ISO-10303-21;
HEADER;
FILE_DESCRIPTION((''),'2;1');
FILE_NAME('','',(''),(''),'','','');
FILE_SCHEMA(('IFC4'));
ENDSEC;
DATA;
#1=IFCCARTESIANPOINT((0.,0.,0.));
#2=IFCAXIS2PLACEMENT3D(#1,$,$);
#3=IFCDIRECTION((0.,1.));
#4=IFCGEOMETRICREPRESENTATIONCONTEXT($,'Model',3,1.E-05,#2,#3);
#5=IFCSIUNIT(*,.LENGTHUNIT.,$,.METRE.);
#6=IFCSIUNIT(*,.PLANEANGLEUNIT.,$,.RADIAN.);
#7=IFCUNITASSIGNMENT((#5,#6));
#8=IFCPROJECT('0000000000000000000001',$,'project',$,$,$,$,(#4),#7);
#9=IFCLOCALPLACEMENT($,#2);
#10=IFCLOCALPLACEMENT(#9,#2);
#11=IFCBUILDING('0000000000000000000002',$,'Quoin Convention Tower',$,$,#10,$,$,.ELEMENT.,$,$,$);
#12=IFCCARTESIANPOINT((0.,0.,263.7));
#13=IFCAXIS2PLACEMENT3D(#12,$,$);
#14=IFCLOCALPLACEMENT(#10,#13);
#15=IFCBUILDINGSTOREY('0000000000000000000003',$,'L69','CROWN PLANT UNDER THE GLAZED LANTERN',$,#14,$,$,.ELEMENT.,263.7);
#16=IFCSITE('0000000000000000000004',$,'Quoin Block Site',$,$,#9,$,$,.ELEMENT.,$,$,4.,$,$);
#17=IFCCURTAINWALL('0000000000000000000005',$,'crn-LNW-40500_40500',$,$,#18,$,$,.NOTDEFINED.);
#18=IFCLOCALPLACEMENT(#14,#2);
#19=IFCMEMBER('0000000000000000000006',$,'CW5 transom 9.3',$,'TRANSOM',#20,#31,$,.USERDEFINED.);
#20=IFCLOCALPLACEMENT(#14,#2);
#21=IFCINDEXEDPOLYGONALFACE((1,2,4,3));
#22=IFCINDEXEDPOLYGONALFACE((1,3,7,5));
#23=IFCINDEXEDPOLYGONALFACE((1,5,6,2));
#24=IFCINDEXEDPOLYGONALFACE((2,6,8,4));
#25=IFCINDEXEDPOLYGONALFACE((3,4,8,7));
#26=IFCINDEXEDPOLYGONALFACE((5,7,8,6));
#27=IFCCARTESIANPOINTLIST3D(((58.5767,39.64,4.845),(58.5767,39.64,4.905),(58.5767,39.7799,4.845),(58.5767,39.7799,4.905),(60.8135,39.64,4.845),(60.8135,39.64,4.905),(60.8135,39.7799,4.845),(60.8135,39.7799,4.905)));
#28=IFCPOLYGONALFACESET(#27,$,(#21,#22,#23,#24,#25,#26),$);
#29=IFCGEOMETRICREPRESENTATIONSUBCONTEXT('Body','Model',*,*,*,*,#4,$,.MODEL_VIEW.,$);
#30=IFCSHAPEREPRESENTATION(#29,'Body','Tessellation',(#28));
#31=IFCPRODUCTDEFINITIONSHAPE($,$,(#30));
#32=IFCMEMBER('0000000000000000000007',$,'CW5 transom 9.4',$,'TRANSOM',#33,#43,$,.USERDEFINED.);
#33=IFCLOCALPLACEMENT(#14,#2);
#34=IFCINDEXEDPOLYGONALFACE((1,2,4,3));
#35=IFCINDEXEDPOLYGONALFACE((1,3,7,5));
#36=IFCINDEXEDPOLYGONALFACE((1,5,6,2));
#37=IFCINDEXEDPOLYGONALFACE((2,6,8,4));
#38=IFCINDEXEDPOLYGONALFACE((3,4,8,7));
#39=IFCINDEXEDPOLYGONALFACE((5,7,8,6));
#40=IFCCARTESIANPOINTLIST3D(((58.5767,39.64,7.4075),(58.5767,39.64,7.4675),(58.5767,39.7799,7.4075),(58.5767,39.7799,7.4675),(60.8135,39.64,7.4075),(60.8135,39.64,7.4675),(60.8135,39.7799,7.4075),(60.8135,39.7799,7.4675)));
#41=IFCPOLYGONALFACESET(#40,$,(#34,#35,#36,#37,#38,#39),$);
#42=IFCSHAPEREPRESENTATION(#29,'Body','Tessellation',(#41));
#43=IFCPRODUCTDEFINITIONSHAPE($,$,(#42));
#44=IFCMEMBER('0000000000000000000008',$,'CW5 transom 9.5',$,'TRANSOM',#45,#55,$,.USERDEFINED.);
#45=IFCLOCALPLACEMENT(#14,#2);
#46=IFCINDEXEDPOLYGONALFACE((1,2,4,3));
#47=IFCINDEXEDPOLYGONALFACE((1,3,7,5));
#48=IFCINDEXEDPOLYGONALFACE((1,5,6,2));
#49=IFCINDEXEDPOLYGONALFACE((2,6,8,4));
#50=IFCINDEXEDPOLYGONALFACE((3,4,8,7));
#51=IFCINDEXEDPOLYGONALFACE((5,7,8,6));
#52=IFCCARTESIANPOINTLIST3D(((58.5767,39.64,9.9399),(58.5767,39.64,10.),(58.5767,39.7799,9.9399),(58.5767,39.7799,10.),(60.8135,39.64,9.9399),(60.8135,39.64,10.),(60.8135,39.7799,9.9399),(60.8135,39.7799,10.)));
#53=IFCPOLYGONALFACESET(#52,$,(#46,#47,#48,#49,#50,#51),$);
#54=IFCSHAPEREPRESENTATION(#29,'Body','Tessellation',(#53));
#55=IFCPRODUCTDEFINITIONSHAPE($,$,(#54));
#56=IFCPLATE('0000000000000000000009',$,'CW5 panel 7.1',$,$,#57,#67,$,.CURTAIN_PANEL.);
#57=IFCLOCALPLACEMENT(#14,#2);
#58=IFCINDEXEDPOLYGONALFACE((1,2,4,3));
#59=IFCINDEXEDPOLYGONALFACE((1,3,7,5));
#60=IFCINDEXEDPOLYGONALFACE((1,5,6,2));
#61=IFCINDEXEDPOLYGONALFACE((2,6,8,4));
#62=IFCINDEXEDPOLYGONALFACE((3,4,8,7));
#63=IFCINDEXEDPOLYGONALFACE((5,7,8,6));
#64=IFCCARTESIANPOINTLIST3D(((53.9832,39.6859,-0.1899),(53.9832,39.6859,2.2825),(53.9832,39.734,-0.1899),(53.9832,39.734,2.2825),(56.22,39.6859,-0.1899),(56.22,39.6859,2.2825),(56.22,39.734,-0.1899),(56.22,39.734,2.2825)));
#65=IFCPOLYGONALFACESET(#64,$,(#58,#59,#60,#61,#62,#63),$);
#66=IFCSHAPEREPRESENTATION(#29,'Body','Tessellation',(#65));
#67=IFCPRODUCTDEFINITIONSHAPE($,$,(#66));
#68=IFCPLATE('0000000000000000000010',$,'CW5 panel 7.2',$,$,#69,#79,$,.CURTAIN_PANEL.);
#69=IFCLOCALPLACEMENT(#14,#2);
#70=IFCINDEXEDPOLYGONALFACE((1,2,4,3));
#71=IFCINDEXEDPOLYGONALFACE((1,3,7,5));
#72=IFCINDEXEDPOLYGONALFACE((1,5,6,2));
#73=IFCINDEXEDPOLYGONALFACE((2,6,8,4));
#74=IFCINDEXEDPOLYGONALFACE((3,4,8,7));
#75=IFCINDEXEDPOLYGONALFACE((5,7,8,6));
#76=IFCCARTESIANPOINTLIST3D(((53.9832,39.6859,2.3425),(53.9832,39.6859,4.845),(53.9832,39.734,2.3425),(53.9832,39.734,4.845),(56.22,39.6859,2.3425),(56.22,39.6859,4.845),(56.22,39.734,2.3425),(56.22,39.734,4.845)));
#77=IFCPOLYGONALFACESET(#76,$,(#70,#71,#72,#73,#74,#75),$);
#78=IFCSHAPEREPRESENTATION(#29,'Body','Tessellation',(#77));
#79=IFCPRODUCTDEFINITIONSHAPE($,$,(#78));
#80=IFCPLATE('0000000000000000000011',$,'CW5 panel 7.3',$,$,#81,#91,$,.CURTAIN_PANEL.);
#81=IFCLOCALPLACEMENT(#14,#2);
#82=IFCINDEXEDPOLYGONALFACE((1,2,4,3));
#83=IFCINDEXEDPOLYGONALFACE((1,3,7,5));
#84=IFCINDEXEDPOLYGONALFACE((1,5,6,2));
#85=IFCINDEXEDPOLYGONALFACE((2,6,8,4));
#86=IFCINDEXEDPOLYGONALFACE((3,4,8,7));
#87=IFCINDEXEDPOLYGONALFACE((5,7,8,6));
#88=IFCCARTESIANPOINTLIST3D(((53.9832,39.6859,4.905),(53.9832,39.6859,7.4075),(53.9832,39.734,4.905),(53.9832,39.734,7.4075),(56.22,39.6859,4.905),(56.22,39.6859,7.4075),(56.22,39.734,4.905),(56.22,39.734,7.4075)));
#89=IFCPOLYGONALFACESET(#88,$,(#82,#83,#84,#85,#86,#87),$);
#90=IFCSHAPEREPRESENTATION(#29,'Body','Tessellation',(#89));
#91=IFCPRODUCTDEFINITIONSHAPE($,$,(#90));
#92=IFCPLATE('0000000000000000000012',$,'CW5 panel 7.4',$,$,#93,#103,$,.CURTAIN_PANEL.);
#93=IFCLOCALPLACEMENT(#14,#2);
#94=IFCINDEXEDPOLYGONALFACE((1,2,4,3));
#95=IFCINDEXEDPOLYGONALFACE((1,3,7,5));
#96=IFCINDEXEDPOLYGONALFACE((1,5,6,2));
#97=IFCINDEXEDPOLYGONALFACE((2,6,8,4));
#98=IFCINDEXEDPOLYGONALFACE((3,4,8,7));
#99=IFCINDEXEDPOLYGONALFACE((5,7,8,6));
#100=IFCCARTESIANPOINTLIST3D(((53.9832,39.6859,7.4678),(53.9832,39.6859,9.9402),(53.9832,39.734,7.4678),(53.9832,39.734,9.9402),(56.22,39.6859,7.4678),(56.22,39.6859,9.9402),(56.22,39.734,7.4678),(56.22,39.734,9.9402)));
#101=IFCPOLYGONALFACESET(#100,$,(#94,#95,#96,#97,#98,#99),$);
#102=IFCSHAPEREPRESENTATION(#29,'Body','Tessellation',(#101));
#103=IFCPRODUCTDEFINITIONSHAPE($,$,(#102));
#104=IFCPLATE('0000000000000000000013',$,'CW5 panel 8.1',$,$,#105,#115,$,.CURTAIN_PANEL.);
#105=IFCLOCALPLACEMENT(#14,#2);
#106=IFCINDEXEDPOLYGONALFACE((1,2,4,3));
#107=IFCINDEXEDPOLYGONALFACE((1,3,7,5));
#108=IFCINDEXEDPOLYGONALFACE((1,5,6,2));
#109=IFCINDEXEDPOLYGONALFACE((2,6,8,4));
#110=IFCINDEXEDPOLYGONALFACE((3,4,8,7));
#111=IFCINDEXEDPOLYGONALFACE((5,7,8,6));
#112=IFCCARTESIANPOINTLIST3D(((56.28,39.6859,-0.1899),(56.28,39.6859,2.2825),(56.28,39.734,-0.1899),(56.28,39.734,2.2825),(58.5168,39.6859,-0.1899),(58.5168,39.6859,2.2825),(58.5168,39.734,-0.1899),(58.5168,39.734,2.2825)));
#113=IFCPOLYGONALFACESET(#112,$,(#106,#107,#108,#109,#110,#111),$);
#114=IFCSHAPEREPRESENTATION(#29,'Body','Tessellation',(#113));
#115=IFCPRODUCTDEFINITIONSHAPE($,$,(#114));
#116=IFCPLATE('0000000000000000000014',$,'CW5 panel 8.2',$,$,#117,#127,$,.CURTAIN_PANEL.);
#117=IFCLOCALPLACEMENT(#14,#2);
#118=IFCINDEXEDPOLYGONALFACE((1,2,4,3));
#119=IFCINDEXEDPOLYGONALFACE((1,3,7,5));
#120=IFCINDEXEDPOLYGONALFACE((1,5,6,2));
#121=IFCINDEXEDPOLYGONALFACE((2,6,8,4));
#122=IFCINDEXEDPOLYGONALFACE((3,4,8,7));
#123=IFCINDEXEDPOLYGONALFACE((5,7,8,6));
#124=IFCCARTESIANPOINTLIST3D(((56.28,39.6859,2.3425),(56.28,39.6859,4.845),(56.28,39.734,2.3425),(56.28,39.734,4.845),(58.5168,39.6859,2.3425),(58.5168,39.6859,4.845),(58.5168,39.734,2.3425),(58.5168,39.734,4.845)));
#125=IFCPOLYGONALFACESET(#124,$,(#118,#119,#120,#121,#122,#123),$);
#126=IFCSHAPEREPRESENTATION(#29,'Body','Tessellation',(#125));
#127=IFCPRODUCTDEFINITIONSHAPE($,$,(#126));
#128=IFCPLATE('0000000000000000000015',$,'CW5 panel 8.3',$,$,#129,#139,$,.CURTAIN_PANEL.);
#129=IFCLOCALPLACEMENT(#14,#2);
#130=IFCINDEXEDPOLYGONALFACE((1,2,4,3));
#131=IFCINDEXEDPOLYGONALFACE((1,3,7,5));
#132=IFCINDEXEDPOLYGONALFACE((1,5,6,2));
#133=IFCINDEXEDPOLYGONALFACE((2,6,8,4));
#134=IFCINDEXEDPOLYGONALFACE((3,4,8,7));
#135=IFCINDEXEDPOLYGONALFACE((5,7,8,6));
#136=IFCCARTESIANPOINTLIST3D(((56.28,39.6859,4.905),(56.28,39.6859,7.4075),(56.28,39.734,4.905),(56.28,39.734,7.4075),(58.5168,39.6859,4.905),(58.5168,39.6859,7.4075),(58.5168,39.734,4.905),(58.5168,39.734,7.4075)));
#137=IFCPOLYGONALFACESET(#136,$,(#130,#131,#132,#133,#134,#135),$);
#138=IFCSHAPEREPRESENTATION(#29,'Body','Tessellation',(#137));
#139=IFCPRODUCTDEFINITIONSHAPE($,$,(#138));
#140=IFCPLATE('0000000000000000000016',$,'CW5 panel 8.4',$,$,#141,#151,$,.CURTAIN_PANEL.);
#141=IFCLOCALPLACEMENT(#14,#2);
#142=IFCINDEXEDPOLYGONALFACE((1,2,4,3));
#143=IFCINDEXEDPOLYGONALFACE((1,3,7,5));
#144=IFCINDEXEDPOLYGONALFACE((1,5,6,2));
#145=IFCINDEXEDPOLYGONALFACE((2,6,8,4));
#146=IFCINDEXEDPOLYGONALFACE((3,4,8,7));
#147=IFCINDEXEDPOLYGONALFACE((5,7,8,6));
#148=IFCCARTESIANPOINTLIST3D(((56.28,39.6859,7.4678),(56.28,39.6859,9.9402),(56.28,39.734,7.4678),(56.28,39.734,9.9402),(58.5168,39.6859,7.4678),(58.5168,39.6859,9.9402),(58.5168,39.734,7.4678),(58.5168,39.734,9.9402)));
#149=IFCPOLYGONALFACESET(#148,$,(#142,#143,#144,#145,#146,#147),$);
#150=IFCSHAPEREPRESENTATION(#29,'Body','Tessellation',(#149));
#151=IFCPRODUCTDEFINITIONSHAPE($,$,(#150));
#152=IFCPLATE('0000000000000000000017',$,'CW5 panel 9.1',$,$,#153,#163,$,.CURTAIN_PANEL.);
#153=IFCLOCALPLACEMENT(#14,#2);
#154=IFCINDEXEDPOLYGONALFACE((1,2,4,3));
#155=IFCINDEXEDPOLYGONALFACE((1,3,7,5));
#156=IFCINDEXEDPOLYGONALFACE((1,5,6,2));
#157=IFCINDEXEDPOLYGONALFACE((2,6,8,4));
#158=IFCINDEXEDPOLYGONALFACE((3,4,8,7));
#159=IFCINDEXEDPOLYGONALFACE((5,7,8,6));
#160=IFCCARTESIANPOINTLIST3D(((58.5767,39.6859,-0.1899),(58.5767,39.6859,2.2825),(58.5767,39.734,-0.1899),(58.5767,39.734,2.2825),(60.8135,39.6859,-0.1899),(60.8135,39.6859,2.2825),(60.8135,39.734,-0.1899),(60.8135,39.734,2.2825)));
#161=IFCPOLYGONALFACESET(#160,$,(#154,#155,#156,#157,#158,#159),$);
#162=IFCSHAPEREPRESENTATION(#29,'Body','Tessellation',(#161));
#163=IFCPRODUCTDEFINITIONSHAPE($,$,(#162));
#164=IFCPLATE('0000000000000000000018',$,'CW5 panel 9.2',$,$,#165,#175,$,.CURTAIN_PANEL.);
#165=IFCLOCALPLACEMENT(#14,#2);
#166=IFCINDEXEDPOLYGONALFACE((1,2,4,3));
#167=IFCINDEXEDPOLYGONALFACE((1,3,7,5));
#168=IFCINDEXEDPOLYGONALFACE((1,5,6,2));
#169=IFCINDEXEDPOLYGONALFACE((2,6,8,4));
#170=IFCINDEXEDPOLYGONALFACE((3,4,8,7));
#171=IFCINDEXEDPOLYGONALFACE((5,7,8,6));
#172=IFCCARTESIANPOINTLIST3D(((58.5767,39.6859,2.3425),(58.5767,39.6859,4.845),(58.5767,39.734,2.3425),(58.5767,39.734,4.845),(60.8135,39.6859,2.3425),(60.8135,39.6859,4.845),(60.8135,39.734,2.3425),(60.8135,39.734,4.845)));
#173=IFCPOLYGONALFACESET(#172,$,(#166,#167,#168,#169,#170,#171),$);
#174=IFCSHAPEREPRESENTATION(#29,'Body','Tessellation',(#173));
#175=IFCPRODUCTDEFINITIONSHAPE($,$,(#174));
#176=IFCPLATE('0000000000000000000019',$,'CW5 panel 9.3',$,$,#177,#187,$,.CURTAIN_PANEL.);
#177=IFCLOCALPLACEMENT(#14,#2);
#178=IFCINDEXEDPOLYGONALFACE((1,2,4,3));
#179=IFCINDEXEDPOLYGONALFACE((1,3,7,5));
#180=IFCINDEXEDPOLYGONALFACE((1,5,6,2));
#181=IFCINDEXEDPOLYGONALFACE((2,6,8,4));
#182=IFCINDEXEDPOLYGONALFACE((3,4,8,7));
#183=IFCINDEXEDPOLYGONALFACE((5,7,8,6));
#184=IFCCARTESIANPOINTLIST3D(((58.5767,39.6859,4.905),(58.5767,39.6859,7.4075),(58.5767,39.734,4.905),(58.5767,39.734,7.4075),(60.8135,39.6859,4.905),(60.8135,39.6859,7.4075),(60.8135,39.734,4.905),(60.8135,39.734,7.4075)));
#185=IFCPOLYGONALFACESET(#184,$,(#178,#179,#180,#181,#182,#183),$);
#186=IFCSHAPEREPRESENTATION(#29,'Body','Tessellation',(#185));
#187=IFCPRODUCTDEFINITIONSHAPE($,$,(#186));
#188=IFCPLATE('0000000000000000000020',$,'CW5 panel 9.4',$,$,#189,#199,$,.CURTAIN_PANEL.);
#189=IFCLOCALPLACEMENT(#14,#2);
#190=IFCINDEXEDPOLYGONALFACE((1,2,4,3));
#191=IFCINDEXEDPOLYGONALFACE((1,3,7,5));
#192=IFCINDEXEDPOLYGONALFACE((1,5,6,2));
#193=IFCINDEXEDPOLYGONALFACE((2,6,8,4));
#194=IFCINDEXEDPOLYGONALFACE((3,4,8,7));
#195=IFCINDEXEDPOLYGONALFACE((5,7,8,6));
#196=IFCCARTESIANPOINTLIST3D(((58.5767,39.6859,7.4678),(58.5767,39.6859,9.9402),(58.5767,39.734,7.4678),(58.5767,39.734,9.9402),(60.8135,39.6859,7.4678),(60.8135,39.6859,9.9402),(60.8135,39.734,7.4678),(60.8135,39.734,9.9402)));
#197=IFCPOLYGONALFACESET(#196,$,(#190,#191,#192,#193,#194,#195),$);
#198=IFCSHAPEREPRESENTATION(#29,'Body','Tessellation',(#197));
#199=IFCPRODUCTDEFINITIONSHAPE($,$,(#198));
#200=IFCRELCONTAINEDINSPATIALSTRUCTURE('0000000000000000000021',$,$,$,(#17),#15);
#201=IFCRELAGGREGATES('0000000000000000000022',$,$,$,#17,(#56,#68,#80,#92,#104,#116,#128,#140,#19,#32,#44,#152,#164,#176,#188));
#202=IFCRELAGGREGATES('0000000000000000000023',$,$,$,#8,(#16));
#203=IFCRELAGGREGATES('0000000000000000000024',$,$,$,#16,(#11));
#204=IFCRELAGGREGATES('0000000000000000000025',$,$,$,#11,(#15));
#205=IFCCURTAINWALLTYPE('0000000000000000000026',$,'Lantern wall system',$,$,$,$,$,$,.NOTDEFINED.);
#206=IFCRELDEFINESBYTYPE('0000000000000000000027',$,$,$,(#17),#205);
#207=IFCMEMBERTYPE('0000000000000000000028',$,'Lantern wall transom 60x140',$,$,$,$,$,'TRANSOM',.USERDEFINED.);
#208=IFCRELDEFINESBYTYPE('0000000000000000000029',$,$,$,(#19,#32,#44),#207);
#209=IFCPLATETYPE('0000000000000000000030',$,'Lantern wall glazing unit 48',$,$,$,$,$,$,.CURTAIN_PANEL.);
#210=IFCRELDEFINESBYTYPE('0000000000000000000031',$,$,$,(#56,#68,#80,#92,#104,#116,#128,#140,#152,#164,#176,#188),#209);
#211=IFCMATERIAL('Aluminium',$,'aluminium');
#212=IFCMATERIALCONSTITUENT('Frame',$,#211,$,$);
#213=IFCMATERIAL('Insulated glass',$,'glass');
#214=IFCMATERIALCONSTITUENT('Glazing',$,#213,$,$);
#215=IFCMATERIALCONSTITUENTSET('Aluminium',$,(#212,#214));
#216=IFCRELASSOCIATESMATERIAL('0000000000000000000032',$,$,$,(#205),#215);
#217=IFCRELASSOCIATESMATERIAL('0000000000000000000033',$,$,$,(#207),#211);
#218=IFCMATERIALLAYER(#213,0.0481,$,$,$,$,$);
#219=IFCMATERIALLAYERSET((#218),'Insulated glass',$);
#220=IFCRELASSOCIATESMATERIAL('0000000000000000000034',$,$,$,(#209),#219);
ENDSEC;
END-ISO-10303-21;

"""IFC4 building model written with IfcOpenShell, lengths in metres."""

from ifc_helpers import new_model, si_unit, direction, frame, origin, origin_2d, place, context, subcontext, project, spatial, rectangle, extrude, material, layer, layer_set, constituent, constituent_set, material_profile, profile_set, type_object, element, aggregate, save


model = new_model("IFC4")

# Units and contexts
model_context = context("Model", 3, precision=1e-05, world=origin(), true_north=direction((0.0, 1.0)))
body_context = subcontext(model_context, "Body", "Model", "MODEL_VIEW")
ifc_project = project(units=[si_unit("LENGTHUNIT", "METRE"), si_unit("PLANEANGLEUNIT", "RADIAN")], contexts=[model_context])

# Site, building, storey
site_placement = place(None, origin())
site = spatial("IfcSite", under=ifc_project, at=site_placement, Name="Quoin Block Site", CompositionType="ELEMENT", RefElevation=4.0)
building_placement = place(site_placement, origin())
building = spatial("IfcBuilding", under=site, at=building_placement, Name="Quoin Convention Tower", CompositionType="ELEMENT")
storey_placement = place(building_placement, frame((0.0, 0.0, 263.7)))
storey = spatial("IfcBuildingStorey", under=building, at=storey_placement, Name="L69", Description="CROWN PLANT UNDER THE GLAZED LANTERN", CompositionType="ELEMENT", Elevation=263.7)

# Curtain wall, members, plates
ifc_material_1 = material(Name="Aluminium", Category="aluminium")
ifc_constituent_1 = constituent(ifc_material_1, Name="Frame")
ifc_material_2 = material(Name="Insulated glass", Category="glass")
ifc_constituent_2 = constituent(ifc_material_2, Name="Glazing")
ifc_constituent_set = constituent_set(constituents=[ifc_constituent_1, ifc_constituent_2], Name="Aluminium")
curtain_wall_type = type_object("IfcCurtainWallType", Name="Lantern wall system", PredefinedType="NOTDEFINED", material=ifc_constituent_set)
curtain_wall_placement = place(storey_placement, origin())
curtain_wall = element("IfcCurtainWall", 1, at=curtain_wall_placement, inside=storey, type_object=curtain_wall_type, Name="crn-LNW-40500_40500", PredefinedType="NOTDEFINED")
ifc_material_profile_1 = material_profile(ifc_material_1, rectangle(XDim=0.1399, YDim=0.0601, at=origin_2d()), Name="Lantern wall transom 60x140")
ifc_profile_set_1 = profile_set([ifc_material_profile_1], Name="Aluminium")
member_type_1 = type_object("IfcMemberType", Name="Lantern wall transom 60x140", ElementType="TRANSOM", PredefinedType="USERDEFINED", material=ifc_profile_set_1)
member_1_placement = place(storey_placement, frame((58.5767, 39.71, 4.875), z_axis=(1.0, 0.0, 0.0), x_axis=(0.0, 1.0, 0.0)))
member_1 = element("IfcMember", 2, at=member_1_placement, type_object=member_type_1, Name="CW5 transom 9.3", ObjectType="TRANSOM", PredefinedType="USERDEFINED", context=body_context, shape_type="SweptSolid", body=[
    extrude(rectangle(XDim=0.1399, YDim=0.0601, at=origin_2d()), origin(), (0.0, 0.0, 1.0), 2.2368),
])
member_2_placement = place(storey_placement, frame((58.5767, 39.71, 7.4375), z_axis=(1.0, 0.0, 0.0), x_axis=(0.0, 1.0, 0.0)))
member_2 = element("IfcMember", 3, at=member_2_placement, type_object=member_type_1, Name="CW5 transom 9.4", ObjectType="TRANSOM", PredefinedType="USERDEFINED", context=body_context, shape_type="SweptSolid", body=[
    extrude(rectangle(XDim=0.1399, YDim=0.0601, at=origin_2d()), origin(), (0.0, 0.0, 1.0), 2.2368),
])
member_3_placement = place(storey_placement, frame((58.5767, 39.71, 9.97), z_axis=(1.0, 0.0, 0.0), x_axis=(0.0, 1.0, 0.0)))
member_3 = element("IfcMember", 4, at=member_3_placement, type_object=member_type_1, Name="CW5 transom 9.5", ObjectType="TRANSOM", PredefinedType="USERDEFINED", context=body_context, shape_type="SweptSolid", body=[
    extrude(rectangle(XDim=0.1399, YDim=0.0601, at=origin_2d()), origin(), (0.0, 0.0, 1.0), 2.2368),
])
ifc_layer = layer(ifc_material_2, 0.0481)
ifc_layer_set = layer_set([ifc_layer], Name="Insulated glass")
plate_type = type_object("IfcPlateType", Name="Lantern wall glazing unit 48", PredefinedType="CURTAIN_PANEL", material=ifc_layer_set)
plate_1_placement = place(storey_placement, frame((55.1016, 39.71, -0.1899), z_axis=(0.0, 0.0, 1.0), x_axis=(1.0, 0.0, 0.0)))
plate_1 = element("IfcPlate", 5, at=plate_1_placement, type_object=plate_type, Name="CW5 panel 7.1", PredefinedType="CURTAIN_PANEL", context=body_context, shape_type="SweptSolid", body=[
    extrude(rectangle(XDim=2.2368, YDim=0.0481, at=origin_2d()), origin(), (0.0, 0.0, 1.0), 2.4724),
])
plate_2_placement = place(storey_placement, frame((55.1016, 39.71, 2.3425), z_axis=(0.0, 0.0, 1.0), x_axis=(1.0, 0.0, 0.0)))
plate_2 = element("IfcPlate", 6, at=plate_2_placement, type_object=plate_type, Name="CW5 panel 7.2", PredefinedType="CURTAIN_PANEL", context=body_context, shape_type="SweptSolid", body=[
    extrude(rectangle(XDim=2.2368, YDim=0.0481, at=origin_2d()), origin(), (0.0, 0.0, 1.0), 2.5024),
])
plate_3_placement = place(storey_placement, frame((55.1016, 39.71, 4.905), z_axis=(0.0, 0.0, 1.0), x_axis=(1.0, 0.0, 0.0)))
plate_3 = element("IfcPlate", 7, at=plate_3_placement, type_object=plate_type, Name="CW5 panel 7.3", PredefinedType="CURTAIN_PANEL", context=body_context, shape_type="SweptSolid", body=[
    extrude(rectangle(XDim=2.2368, YDim=0.0481, at=origin_2d()), origin(), (0.0, 0.0, 1.0), 2.5024),
])
plate_4_placement = place(storey_placement, frame((55.1016, 39.71, 7.4678), z_axis=(0.0, 0.0, 1.0), x_axis=(1.0, 0.0, 0.0)))
plate_4 = element("IfcPlate", 8, at=plate_4_placement, type_object=plate_type, Name="CW5 panel 7.4", PredefinedType="CURTAIN_PANEL", context=body_context, shape_type="SweptSolid", body=[
    extrude(rectangle(XDim=2.2368, YDim=0.0481, at=origin_2d()), origin(), (0.0, 0.0, 1.0), 2.4724),
])
plate_5_placement = place(storey_placement, frame((57.3984, 39.71, -0.1899), z_axis=(0.0, 0.0, 1.0), x_axis=(1.0, 0.0, 0.0)))
plate_5 = element("IfcPlate", 9, at=plate_5_placement, type_object=plate_type, Name="CW5 panel 8.1", PredefinedType="CURTAIN_PANEL", context=body_context, shape_type="SweptSolid", body=[
    extrude(rectangle(XDim=2.2368, YDim=0.0481, at=origin_2d()), origin(), (0.0, 0.0, 1.0), 2.4724),
])
plate_6_placement = place(storey_placement, frame((57.3984, 39.71, 2.3425), z_axis=(0.0, 0.0, 1.0), x_axis=(1.0, 0.0, 0.0)))
plate_6 = element("IfcPlate", 10, at=plate_6_placement, type_object=plate_type, Name="CW5 panel 8.2", PredefinedType="CURTAIN_PANEL", context=body_context, shape_type="SweptSolid", body=[
    extrude(rectangle(XDim=2.2368, YDim=0.0481, at=origin_2d()), origin(), (0.0, 0.0, 1.0), 2.5024),
])
plate_7_placement = place(storey_placement, frame((57.3984, 39.71, 4.905), z_axis=(0.0, 0.0, 1.0), x_axis=(1.0, 0.0, 0.0)))
plate_7 = element("IfcPlate", 11, at=plate_7_placement, type_object=plate_type, Name="CW5 panel 8.3", PredefinedType="CURTAIN_PANEL", context=body_context, shape_type="SweptSolid", body=[
    extrude(rectangle(XDim=2.2368, YDim=0.0481, at=origin_2d()), origin(), (0.0, 0.0, 1.0), 2.5024),
])
plate_8_placement = place(storey_placement, frame((57.3984, 39.71, 7.4678), z_axis=(0.0, 0.0, 1.0), x_axis=(1.0, 0.0, 0.0)))
plate_8 = element("IfcPlate", 12, at=plate_8_placement, type_object=plate_type, Name="CW5 panel 8.4", PredefinedType="CURTAIN_PANEL", context=body_context, shape_type="SweptSolid", body=[
    extrude(rectangle(XDim=2.2368, YDim=0.0481, at=origin_2d()), origin(), (0.0, 0.0, 1.0), 2.4724),
])
plate_9_placement = place(storey_placement, frame((59.6951, 39.71, -0.1899), z_axis=(0.0, 0.0, 1.0), x_axis=(1.0, 0.0, 0.0)))
plate_9 = element("IfcPlate", 13, at=plate_9_placement, type_object=plate_type, Name="CW5 panel 9.1", PredefinedType="CURTAIN_PANEL", context=body_context, shape_type="SweptSolid", body=[
    extrude(rectangle(XDim=2.2368, YDim=0.0481, at=origin_2d()), origin(), (0.0, 0.0, 1.0), 2.4724),
])
plate_10_placement = place(storey_placement, frame((59.6951, 39.71, 2.3425), z_axis=(0.0, 0.0, 1.0), x_axis=(1.0, 0.0, 0.0)))
plate_10 = element("IfcPlate", 14, at=plate_10_placement, type_object=plate_type, Name="CW5 panel 9.2", PredefinedType="CURTAIN_PANEL", context=body_context, shape_type="SweptSolid", body=[
    extrude(rectangle(XDim=2.2368, YDim=0.0481, at=origin_2d()), origin(), (0.0, 0.0, 1.0), 2.5024),
])
plate_11_placement = place(storey_placement, frame((59.6951, 39.71, 4.905), z_axis=(0.0, 0.0, 1.0), x_axis=(1.0, 0.0, 0.0)))
plate_11 = element("IfcPlate", 15, at=plate_11_placement, type_object=plate_type, Name="CW5 panel 9.3", PredefinedType="CURTAIN_PANEL", context=body_context, shape_type="SweptSolid", body=[
    extrude(rectangle(XDim=2.2368, YDim=0.0481, at=origin_2d()), origin(), (0.0, 0.0, 1.0), 2.5024),
])
plate_12_placement = place(storey_placement, frame((59.6951, 39.71, 7.4678), z_axis=(0.0, 0.0, 1.0), x_axis=(1.0, 0.0, 0.0)))
plate_12 = element("IfcPlate", 16, at=plate_12_placement, type_object=plate_type, Name="CW5 panel 9.4", PredefinedType="CURTAIN_PANEL", context=body_context, shape_type="SweptSolid", body=[
    extrude(rectangle(XDim=2.2368, YDim=0.0481, at=origin_2d()), origin(), (0.0, 0.0, 1.0), 2.4724),
])
aggregate(curtain_wall, [plate_1, plate_2, plate_3, plate_4, plate_5, plate_6, plate_7, plate_8, member_1, member_2, member_3, plate_9, plate_10, plate_11, plate_12])

save(model, "model.ifc")
